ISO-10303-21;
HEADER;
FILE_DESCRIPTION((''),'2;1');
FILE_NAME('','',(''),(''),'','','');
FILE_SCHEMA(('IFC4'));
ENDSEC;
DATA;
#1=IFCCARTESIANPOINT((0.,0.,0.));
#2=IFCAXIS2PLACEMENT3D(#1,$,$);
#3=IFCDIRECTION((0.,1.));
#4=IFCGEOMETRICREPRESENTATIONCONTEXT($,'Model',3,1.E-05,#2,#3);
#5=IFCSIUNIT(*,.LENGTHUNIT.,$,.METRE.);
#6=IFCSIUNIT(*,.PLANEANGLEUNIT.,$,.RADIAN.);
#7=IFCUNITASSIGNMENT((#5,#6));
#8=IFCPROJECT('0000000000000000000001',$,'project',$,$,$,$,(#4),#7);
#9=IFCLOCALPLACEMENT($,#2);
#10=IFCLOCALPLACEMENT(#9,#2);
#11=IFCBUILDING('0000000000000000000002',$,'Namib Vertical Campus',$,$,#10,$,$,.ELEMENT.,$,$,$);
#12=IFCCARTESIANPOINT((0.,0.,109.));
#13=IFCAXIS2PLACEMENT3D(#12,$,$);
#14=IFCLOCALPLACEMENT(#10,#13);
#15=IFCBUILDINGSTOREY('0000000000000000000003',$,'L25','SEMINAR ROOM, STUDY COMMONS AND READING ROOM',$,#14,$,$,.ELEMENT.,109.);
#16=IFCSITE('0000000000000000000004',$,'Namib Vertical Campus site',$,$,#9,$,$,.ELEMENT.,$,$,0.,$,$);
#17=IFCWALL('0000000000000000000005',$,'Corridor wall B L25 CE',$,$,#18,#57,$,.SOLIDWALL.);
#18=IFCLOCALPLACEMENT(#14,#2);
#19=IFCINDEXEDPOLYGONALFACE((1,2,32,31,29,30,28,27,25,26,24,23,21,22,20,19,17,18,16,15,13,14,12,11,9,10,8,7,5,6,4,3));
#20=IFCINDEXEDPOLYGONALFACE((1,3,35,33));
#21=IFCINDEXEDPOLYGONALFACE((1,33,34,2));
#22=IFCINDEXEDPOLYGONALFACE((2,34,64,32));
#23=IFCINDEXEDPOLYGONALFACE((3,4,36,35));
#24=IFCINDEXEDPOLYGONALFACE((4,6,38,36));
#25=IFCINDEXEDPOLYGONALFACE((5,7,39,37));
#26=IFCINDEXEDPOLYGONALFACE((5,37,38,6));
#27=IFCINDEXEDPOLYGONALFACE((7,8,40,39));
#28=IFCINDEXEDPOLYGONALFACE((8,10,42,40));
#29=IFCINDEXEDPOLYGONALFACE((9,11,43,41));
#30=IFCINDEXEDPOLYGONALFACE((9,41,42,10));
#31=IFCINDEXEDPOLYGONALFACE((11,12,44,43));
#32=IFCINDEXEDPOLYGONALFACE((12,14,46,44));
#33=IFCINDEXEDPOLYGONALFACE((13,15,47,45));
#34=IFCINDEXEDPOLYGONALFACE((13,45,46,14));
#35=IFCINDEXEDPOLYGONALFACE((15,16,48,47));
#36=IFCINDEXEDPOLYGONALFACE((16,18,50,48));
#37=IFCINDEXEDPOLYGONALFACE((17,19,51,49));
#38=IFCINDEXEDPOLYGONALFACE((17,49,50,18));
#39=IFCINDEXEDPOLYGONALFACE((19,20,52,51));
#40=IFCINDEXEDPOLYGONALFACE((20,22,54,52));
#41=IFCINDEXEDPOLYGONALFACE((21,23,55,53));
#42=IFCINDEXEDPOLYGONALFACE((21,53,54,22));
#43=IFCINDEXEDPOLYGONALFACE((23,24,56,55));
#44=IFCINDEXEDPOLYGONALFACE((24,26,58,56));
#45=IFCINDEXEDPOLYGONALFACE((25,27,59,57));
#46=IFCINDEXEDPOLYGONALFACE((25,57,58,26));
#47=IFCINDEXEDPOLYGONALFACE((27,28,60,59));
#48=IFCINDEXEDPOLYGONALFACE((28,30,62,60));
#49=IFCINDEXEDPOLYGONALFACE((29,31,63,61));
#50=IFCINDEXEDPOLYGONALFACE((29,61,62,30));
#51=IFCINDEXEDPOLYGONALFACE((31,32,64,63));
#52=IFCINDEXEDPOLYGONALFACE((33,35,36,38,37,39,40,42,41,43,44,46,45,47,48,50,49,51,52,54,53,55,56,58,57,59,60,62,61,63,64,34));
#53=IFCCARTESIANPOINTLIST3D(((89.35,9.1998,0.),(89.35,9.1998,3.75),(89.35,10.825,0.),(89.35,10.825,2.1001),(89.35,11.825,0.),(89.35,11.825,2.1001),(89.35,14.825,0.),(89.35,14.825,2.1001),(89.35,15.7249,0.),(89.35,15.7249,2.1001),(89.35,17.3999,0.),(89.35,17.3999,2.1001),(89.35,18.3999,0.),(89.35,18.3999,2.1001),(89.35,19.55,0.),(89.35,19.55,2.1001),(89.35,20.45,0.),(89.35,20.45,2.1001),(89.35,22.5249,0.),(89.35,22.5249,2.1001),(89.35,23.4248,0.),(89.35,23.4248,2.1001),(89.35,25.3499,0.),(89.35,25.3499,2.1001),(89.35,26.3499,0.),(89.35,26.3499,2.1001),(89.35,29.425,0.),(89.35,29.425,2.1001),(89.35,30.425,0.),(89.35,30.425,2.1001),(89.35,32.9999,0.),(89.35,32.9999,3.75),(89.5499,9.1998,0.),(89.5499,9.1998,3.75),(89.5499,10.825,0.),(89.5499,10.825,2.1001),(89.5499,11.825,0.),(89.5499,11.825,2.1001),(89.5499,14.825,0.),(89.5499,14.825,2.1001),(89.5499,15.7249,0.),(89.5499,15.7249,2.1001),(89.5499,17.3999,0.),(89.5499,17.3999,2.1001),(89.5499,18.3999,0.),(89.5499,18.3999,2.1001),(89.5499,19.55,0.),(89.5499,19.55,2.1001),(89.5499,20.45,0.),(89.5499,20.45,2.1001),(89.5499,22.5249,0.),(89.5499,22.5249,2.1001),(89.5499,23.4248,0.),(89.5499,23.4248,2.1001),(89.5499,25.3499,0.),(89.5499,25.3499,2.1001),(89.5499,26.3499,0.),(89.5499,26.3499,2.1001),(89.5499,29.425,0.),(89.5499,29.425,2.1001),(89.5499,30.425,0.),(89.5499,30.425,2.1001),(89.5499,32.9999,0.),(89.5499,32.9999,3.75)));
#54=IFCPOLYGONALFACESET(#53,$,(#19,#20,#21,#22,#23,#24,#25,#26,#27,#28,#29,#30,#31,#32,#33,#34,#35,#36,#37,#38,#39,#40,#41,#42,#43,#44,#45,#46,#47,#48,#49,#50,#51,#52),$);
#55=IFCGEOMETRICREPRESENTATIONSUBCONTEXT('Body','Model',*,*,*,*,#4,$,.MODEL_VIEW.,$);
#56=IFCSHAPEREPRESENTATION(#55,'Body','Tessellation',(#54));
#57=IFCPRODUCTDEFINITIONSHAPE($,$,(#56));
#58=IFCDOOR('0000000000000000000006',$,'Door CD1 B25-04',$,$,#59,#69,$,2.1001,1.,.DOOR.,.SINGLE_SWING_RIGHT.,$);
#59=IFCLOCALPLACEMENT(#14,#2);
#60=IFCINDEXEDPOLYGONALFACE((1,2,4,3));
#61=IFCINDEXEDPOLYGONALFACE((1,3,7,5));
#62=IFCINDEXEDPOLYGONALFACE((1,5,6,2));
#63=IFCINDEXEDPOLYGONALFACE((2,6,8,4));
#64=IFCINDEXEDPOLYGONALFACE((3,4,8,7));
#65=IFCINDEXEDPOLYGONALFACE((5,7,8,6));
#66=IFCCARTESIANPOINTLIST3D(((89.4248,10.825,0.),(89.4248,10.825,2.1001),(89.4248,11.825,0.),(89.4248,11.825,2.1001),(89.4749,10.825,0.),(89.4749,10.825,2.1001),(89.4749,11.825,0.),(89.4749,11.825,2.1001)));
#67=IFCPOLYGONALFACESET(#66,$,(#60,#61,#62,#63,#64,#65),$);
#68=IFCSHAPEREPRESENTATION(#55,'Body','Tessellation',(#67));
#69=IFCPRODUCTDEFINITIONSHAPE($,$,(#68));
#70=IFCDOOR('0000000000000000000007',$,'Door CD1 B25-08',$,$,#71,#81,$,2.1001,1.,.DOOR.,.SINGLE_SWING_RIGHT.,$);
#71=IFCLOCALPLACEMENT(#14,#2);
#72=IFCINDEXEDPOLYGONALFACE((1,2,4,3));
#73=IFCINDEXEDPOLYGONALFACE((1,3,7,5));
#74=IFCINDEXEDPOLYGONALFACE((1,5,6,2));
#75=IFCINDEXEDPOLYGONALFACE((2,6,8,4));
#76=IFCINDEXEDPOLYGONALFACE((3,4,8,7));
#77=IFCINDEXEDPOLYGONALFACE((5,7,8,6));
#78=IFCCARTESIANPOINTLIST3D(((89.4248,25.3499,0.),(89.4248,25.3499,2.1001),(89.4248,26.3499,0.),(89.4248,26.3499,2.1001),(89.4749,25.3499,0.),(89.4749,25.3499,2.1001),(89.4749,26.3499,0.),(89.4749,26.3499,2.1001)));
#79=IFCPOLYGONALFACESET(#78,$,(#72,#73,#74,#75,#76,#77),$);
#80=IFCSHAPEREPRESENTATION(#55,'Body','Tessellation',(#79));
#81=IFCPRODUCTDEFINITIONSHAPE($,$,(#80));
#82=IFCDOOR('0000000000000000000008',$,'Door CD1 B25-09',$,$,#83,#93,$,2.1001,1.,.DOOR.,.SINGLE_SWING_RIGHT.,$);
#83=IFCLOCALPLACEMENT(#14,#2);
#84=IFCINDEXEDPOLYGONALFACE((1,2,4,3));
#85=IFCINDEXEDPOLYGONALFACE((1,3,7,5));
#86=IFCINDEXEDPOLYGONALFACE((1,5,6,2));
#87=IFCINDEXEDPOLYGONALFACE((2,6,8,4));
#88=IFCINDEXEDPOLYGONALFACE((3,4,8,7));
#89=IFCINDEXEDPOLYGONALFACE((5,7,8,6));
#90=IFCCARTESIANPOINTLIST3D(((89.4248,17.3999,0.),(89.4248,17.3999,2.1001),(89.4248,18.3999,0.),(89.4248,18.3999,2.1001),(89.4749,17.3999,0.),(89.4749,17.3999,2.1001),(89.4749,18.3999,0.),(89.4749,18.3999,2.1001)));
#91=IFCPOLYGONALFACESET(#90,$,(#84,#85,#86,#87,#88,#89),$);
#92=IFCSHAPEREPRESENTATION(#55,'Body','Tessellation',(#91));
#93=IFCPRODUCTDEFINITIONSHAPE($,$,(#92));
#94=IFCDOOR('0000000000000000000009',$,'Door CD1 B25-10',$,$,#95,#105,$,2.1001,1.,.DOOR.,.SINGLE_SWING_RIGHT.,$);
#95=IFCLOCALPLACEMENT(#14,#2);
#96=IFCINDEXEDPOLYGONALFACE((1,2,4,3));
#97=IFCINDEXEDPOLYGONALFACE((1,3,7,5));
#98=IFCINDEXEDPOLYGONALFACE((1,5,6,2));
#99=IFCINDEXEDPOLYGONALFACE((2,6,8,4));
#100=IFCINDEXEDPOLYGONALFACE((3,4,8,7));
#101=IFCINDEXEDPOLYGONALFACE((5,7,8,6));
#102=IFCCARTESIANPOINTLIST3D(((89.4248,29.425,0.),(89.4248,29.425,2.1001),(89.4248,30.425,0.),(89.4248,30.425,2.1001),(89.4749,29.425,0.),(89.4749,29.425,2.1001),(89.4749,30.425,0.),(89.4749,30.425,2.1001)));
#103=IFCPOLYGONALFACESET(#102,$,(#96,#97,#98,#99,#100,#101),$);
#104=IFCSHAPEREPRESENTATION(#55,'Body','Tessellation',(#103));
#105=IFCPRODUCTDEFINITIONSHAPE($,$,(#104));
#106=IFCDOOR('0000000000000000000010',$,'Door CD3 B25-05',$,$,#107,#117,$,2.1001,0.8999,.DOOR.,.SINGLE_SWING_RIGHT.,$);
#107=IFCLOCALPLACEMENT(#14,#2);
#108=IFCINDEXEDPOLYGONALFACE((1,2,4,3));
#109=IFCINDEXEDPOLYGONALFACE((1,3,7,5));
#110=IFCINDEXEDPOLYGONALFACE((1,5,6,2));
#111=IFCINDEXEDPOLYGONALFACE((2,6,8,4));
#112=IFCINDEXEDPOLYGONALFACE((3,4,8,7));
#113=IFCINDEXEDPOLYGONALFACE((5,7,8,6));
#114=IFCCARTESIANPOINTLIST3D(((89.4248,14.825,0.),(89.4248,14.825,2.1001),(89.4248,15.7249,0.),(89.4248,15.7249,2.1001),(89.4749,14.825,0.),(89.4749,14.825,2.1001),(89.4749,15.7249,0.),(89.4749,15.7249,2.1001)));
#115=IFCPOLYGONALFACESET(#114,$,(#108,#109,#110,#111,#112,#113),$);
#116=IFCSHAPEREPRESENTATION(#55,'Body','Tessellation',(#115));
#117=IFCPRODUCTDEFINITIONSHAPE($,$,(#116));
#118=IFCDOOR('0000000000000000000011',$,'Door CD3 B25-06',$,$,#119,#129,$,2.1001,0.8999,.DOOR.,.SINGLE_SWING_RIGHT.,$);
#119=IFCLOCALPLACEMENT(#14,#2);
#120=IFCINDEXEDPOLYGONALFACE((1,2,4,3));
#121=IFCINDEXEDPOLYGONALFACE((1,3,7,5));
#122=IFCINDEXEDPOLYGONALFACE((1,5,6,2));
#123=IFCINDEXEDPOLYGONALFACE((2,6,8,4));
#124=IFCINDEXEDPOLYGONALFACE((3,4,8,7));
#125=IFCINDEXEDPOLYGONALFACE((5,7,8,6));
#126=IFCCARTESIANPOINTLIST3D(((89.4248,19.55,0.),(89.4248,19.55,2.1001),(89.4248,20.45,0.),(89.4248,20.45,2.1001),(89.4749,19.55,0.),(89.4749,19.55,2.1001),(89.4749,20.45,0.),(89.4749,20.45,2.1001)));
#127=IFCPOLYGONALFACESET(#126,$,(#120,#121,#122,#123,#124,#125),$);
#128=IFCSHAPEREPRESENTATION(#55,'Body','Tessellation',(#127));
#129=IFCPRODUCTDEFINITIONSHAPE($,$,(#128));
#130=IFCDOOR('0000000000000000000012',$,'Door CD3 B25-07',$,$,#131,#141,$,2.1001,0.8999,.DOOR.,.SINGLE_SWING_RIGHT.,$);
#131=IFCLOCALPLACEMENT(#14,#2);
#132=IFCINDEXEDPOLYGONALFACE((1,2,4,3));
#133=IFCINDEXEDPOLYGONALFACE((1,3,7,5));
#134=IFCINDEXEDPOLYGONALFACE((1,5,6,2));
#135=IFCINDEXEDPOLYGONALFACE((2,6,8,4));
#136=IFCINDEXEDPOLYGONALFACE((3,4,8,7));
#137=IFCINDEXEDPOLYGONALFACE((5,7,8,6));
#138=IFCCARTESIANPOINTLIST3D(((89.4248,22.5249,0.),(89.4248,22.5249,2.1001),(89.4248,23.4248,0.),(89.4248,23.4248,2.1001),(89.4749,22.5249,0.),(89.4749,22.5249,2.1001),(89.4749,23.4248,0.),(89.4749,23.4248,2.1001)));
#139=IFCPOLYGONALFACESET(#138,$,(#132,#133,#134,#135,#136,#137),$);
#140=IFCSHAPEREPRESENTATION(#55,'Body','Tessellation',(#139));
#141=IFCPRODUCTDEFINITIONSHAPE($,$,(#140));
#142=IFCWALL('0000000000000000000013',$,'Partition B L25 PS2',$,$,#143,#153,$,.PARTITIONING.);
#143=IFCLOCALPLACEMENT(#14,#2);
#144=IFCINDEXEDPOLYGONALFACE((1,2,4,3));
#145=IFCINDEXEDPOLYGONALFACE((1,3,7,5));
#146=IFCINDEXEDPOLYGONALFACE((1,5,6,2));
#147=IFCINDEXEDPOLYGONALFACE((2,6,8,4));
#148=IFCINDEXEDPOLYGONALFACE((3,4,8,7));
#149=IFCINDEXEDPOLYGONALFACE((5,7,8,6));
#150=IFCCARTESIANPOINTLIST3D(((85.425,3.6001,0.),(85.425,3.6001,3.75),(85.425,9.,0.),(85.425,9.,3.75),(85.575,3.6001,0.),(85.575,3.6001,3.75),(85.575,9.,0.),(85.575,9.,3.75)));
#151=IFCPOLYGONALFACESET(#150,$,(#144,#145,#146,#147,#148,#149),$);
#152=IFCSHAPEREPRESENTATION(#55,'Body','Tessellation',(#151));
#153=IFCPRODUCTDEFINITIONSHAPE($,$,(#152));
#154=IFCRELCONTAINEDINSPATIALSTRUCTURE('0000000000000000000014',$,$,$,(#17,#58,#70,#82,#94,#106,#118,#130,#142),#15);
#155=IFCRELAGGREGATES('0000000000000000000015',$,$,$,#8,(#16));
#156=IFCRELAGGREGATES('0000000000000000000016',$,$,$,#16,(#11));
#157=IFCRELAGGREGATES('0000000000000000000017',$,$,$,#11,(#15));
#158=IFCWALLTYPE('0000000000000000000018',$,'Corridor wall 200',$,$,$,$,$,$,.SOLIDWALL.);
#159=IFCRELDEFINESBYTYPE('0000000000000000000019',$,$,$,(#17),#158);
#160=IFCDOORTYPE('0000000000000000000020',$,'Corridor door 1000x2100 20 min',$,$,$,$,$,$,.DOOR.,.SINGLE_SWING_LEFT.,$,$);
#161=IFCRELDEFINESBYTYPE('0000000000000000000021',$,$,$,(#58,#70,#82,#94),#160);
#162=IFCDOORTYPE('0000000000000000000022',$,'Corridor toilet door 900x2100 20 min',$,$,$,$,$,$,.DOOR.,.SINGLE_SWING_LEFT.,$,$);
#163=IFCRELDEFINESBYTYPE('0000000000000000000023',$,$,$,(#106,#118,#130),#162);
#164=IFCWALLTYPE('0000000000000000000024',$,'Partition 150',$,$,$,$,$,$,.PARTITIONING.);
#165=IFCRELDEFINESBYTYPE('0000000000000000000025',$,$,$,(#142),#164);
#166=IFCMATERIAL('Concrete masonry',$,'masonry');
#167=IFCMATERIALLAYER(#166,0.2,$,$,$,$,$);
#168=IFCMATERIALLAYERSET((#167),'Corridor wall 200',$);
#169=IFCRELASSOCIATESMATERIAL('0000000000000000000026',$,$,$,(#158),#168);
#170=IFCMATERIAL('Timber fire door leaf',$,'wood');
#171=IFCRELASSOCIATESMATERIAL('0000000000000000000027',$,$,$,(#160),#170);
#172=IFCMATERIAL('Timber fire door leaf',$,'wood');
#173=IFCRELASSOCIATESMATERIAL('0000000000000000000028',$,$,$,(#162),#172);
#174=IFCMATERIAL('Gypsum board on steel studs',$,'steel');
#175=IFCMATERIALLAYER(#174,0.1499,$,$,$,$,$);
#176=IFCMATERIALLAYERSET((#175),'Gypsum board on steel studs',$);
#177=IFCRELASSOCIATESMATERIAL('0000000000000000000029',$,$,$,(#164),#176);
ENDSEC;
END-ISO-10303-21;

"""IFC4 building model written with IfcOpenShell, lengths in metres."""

from ifc_helpers import new_model, si_unit, direction, frame, frame_2d, origin, place, context, subcontext, project, spatial, rectangle, extrude, material, layer, layer_set, type_object, element, fill, save


model = new_model("IFC4")

# Units and contexts
model_context = context("Model", 3, precision=1e-05, world=origin(), true_north=direction((0.0, 1.0)))
body_context = subcontext(model_context, "Body", "Model", "MODEL_VIEW")
ifc_project = project(units=[si_unit("LENGTHUNIT", "METRE"), si_unit("PLANEANGLEUNIT", "RADIAN")], contexts=[model_context])

# Site, building, storey
site_placement = place(None, origin())
site = spatial("IfcSite", under=ifc_project, at=site_placement, Name="Namib Vertical Campus site", CompositionType="ELEMENT", RefElevation=0.0)
building_placement = place(site_placement, origin())
building = spatial("IfcBuilding", under=site, at=building_placement, Name="Namib Vertical Campus", CompositionType="ELEMENT")
storey_placement = place(building_placement, frame((0.0, 0.0, 109.0)))
storey = spatial("IfcBuildingStorey", under=building, at=storey_placement, Name="L25", Description="SEMINAR ROOM, STUDY COMMONS AND READING ROOM", CompositionType="ELEMENT", Elevation=109.0)

# Wall, openings, doors
ifc_material_1 = material(Name="Concrete masonry", Category="masonry")
ifc_layer_1 = layer(ifc_material_1, 0.2)
ifc_layer_set_1 = layer_set([ifc_layer_1], Name="Corridor wall 200")
wall_type_1 = type_object("IfcWallType", Name="Corridor wall 200", PredefinedType="SOLIDWALL", material=ifc_layer_set_1)
wall_1_placement = place(storey_placement, frame((89.45, 9.2, 0.0), z_axis=(0.0, 0.0, 1.0), x_axis=(0.0, 1.0, 0.0)))
wall_1 = element("IfcWall", 1, at=wall_1_placement, inside=storey, type_object=wall_type_1, Name="Corridor wall B L25 CE", PredefinedType="SOLIDWALL", context=body_context, shape_type="SweptSolid", body=[
    extrude(rectangle(XDim=23.8, YDim=0.2, at=frame_2d((11.8999, 0.0))), origin(), (0.0, 0.0, 1.0), 3.75),
])
opening_1_placement = place(wall_1_placement, frame((1.625, 0.0, 0.0)))
opening_1 = element("IfcOpeningElement", 2, at=opening_1_placement, cuts=wall_1, PredefinedType="OPENING", context=body_context, shape_type="SweptSolid", body=[
    extrude(rectangle(XDim=1.0, YDim=2.1001, at=frame_2d((0.5, 1.05))), frame((0.0, 0.1099, 0.0), z_axis=(0.0, -1.0, 0.0), x_axis=(1.0, 0.0, 0.0)), (0.0, 0.0, 1.0), 0.22),
])
opening_2_placement = place(wall_1_placement, frame((5.625, 0.0, 0.0)))
opening_2 = element("IfcOpeningElement", 3, at=opening_2_placement, cuts=wall_1, PredefinedType="OPENING", context=body_context, shape_type="SweptSolid", body=[
    extrude(rectangle(XDim=0.8999, YDim=2.1001, at=frame_2d((0.45, 1.05))), frame((0.0, 0.1099, 0.0), z_axis=(0.0, -1.0, 0.0), x_axis=(1.0, 0.0, 0.0)), (0.0, 0.0, 1.0), 0.22),
])
opening_3_placement = place(wall_1_placement, frame((10.3501, 0.0, 0.0)))
opening_3 = element("IfcOpeningElement", 4, at=opening_3_placement, cuts=wall_1, PredefinedType="OPENING", context=body_context, shape_type="SweptSolid", body=[
    extrude(rectangle(XDim=0.8999, YDim=2.1001, at=frame_2d((0.45, 1.05))), frame((0.0, 0.1099, 0.0), z_axis=(0.0, -1.0, 0.0), x_axis=(1.0, 0.0, 0.0)), (0.0, 0.0, 1.0), 0.22),
])
opening_4_placement = place(wall_1_placement, frame((13.325, 0.0, 0.0)))
opening_4 = element("IfcOpeningElement", 5, at=opening_4_placement, cuts=wall_1, PredefinedType="OPENING", context=body_context, shape_type="SweptSolid", body=[
    extrude(rectangle(XDim=0.8999, YDim=2.1001, at=frame_2d((0.45, 1.05))), frame((0.0, 0.1099, 0.0), z_axis=(0.0, -1.0, 0.0), x_axis=(1.0, 0.0, 0.0)), (0.0, 0.0, 1.0), 0.22),
])
opening_5_placement = place(wall_1_placement, frame((16.1499, 0.0, 0.0)))
opening_5 = element("IfcOpeningElement", 6, at=opening_5_placement, cuts=wall_1, PredefinedType="OPENING", context=body_context, shape_type="SweptSolid", body=[
    extrude(rectangle(XDim=1.0, YDim=2.1001, at=frame_2d((0.5, 1.05))), frame((0.0, 0.1099, 0.0), z_axis=(0.0, -1.0, 0.0), x_axis=(1.0, 0.0, 0.0)), (0.0, 0.0, 1.0), 0.22),
])
opening_6_placement = place(wall_1_placement, frame((8.2, 0.0, 0.0)))
opening_6 = element("IfcOpeningElement", 7, at=opening_6_placement, cuts=wall_1, PredefinedType="OPENING", context=body_context, shape_type="SweptSolid", body=[
    extrude(rectangle(XDim=1.0, YDim=2.1001, at=frame_2d((0.5, 1.05))), frame((0.0, 0.1099, 0.0), z_axis=(0.0, -1.0, 0.0), x_axis=(1.0, 0.0, 0.0)), (0.0, 0.0, 1.0), 0.22),
])
opening_7_placement = place(wall_1_placement, frame((20.2251, 0.0, 0.0)))
opening_7 = element("IfcOpeningElement", 8, at=opening_7_placement, cuts=wall_1, PredefinedType="OPENING", context=body_context, shape_type="SweptSolid", body=[
    extrude(rectangle(XDim=1.0, YDim=2.1001, at=frame_2d((0.5, 1.05))), frame((0.0, 0.1099, 0.0), z_axis=(0.0, -1.0, 0.0), x_axis=(1.0, 0.0, 0.0)), (0.0, 0.0, 1.0), 0.22),
])
ifc_material_2 = material(Name="Timber fire door leaf", Category="wood")
door_type_1 = type_object("IfcDoorType", Name="Corridor door 1000x2100 20 min", OperationType="SINGLE_SWING_LEFT", PredefinedType="DOOR", material=ifc_material_2)
door_1_placement = place(opening_1_placement, frame((1.0, 0.0, 0.0), z_axis=(0.0, 0.0, 1.0), x_axis=(-1.0, 0.0, 0.0)))
door_1 = element("IfcDoor", 9, at=door_1_placement, inside=storey, type_object=door_type_1, Name="Door CD1 B25-04", OperationType="SINGLE_SWING_RIGHT", OverallHeight=2.1001, OverallWidth=1.0, PredefinedType="DOOR", context=body_context, shape_type="SweptSolid", body=[
    extrude(rectangle(XDim=1.0, YDim=2.1001, at=frame_2d((0.5, 1.05))), frame((0.0, 0.0249, 0.0), z_axis=(0.0, -1.0, 0.0), x_axis=(1.0, 0.0, 0.0)), (0.0, 0.0, 1.0), 0.05),
])
fill(opening_1, door_1)
door_2_placement = place(opening_5_placement, frame((1.0, 0.0, 0.0), z_axis=(0.0, 0.0, 1.0), x_axis=(-1.0, 0.0, 0.0)))
door_2 = element("IfcDoor", 10, at=door_2_placement, inside=storey, type_object=door_type_1, Name="Door CD1 B25-08", OperationType="SINGLE_SWING_RIGHT", OverallHeight=2.1001, OverallWidth=1.0, PredefinedType="DOOR", context=body_context, shape_type="SweptSolid", body=[
    extrude(rectangle(XDim=1.0, YDim=2.1001, at=frame_2d((0.5, 1.05))), frame((0.0, 0.0249, 0.0), z_axis=(0.0, -1.0, 0.0), x_axis=(1.0, 0.0, 0.0)), (0.0, 0.0, 1.0), 0.05),
])
fill(opening_5, door_2)
door_3_placement = place(opening_6_placement, frame((1.0, 0.0, 0.0), z_axis=(0.0, 0.0, 1.0), x_axis=(-1.0, 0.0, 0.0)))
door_3 = element("IfcDoor", 11, at=door_3_placement, inside=storey, type_object=door_type_1, Name="Door CD1 B25-09", OperationType="SINGLE_SWING_RIGHT", OverallHeight=2.1001, OverallWidth=1.0, PredefinedType="DOOR", context=body_context, shape_type="SweptSolid", body=[
    extrude(rectangle(XDim=1.0, YDim=2.1001, at=frame_2d((0.5, 1.05))), frame((0.0, 0.0249, 0.0), z_axis=(0.0, -1.0, 0.0), x_axis=(1.0, 0.0, 0.0)), (0.0, 0.0, 1.0), 0.05),
])
fill(opening_6, door_3)
door_4_placement = place(opening_7_placement, frame((1.0, 0.0, 0.0), z_axis=(0.0, 0.0, 1.0), x_axis=(-1.0, 0.0, 0.0)))
door_4 = element("IfcDoor", 12, at=door_4_placement, inside=storey, type_object=door_type_1, Name="Door CD1 B25-10", OperationType="SINGLE_SWING_RIGHT", OverallHeight=2.1001, OverallWidth=1.0, PredefinedType="DOOR", context=body_context, shape_type="SweptSolid", body=[
    extrude(rectangle(XDim=1.0, YDim=2.1001, at=frame_2d((0.5, 1.05))), frame((0.0, 0.0249, 0.0), z_axis=(0.0, -1.0, 0.0), x_axis=(1.0, 0.0, 0.0)), (0.0, 0.0, 1.0), 0.05),
])
fill(opening_7, door_4)
ifc_material_3 = material(Name="Timber fire door leaf", Category="wood")
door_type_2 = type_object("IfcDoorType", Name="Corridor toilet door 900x2100 20 min", OperationType="SINGLE_SWING_LEFT", PredefinedType="DOOR", material=ifc_material_3)
door_5_placement = place(opening_2_placement, frame((0.8999, 0.0, 0.0), z_axis=(0.0, 0.0, 1.0), x_axis=(-1.0, 0.0, 0.0)))
door_5 = element("IfcDoor", 13, at=door_5_placement, inside=storey, type_object=door_type_2, Name="Door CD3 B25-05", OperationType="SINGLE_SWING_RIGHT", OverallHeight=2.1001, OverallWidth=0.8999, PredefinedType="DOOR", context=body_context, shape_type="SweptSolid", body=[
    extrude(rectangle(XDim=0.8999, YDim=2.1001, at=frame_2d((0.45, 1.05))), frame((0.0, 0.0249, 0.0), z_axis=(0.0, -1.0, 0.0), x_axis=(1.0, 0.0, 0.0)), (0.0, 0.0, 1.0), 0.05),
])
fill(opening_2, door_5)
door_6_placement = place(opening_3_placement, frame((0.8999, 0.0, 0.0), z_axis=(0.0, 0.0, 1.0), x_axis=(-1.0, 0.0, 0.0)))
door_6 = element("IfcDoor", 14, at=door_6_placement, inside=storey, type_object=door_type_2, Name="Door CD3 B25-06", OperationType="SINGLE_SWING_RIGHT", OverallHeight=2.1001, OverallWidth=0.8999, PredefinedType="DOOR", context=body_context, shape_type="SweptSolid", body=[
    extrude(rectangle(XDim=0.8999, YDim=2.1001, at=frame_2d((0.45, 1.05))), frame((0.0, 0.0249, 0.0), z_axis=(0.0, -1.0, 0.0), x_axis=(1.0, 0.0, 0.0)), (0.0, 0.0, 1.0), 0.05),
])
fill(opening_3, door_6)
door_7_placement = place(opening_4_placement, frame((0.8999, 0.0, 0.0), z_axis=(0.0, 0.0, 1.0), x_axis=(-1.0, 0.0, 0.0)))
door_7 = element("IfcDoor", 15, at=door_7_placement, inside=storey, type_object=door_type_2, Name="Door CD3 B25-07", OperationType="SINGLE_SWING_RIGHT", OverallHeight=2.1001, OverallWidth=0.8999, PredefinedType="DOOR", context=body_context, shape_type="SweptSolid", body=[
    extrude(rectangle(XDim=0.8999, YDim=2.1001, at=frame_2d((0.45, 1.05))), frame((0.0, 0.0249, 0.0), z_axis=(0.0, -1.0, 0.0), x_axis=(1.0, 0.0, 0.0)), (0.0, 0.0, 1.0), 0.05),
])
fill(opening_4, door_7)

# Wall
ifc_material_4 = material(Name="Gypsum board on steel studs", Category="steel")
ifc_layer_2 = layer(ifc_material_4, 0.1499)
ifc_layer_set_2 = layer_set([ifc_layer_2], Name="Gypsum board on steel studs")
wall_type_2 = type_object("IfcWallType", Name="Partition 150", PredefinedType="PARTITIONING", material=ifc_layer_set_2)
wall_2_placement = place(storey_placement, frame((85.5, 3.6001, 0.0), z_axis=(0.0, 0.0, 1.0), x_axis=(0.0, 1.0, 0.0)))
element("IfcWall", 16, at=wall_2_placement, inside=storey, type_object=wall_type_2, Name="Partition B L25 PS2", PredefinedType="PARTITIONING", context=body_context, shape_type="SweptSolid", body=[
    extrude(rectangle(XDim=5.3999, YDim=0.1499, at=frame_2d((2.7, 0.0))), origin(), (0.0, 0.0, 1.0), 3.75),
])

save(model, "model.ifc")
